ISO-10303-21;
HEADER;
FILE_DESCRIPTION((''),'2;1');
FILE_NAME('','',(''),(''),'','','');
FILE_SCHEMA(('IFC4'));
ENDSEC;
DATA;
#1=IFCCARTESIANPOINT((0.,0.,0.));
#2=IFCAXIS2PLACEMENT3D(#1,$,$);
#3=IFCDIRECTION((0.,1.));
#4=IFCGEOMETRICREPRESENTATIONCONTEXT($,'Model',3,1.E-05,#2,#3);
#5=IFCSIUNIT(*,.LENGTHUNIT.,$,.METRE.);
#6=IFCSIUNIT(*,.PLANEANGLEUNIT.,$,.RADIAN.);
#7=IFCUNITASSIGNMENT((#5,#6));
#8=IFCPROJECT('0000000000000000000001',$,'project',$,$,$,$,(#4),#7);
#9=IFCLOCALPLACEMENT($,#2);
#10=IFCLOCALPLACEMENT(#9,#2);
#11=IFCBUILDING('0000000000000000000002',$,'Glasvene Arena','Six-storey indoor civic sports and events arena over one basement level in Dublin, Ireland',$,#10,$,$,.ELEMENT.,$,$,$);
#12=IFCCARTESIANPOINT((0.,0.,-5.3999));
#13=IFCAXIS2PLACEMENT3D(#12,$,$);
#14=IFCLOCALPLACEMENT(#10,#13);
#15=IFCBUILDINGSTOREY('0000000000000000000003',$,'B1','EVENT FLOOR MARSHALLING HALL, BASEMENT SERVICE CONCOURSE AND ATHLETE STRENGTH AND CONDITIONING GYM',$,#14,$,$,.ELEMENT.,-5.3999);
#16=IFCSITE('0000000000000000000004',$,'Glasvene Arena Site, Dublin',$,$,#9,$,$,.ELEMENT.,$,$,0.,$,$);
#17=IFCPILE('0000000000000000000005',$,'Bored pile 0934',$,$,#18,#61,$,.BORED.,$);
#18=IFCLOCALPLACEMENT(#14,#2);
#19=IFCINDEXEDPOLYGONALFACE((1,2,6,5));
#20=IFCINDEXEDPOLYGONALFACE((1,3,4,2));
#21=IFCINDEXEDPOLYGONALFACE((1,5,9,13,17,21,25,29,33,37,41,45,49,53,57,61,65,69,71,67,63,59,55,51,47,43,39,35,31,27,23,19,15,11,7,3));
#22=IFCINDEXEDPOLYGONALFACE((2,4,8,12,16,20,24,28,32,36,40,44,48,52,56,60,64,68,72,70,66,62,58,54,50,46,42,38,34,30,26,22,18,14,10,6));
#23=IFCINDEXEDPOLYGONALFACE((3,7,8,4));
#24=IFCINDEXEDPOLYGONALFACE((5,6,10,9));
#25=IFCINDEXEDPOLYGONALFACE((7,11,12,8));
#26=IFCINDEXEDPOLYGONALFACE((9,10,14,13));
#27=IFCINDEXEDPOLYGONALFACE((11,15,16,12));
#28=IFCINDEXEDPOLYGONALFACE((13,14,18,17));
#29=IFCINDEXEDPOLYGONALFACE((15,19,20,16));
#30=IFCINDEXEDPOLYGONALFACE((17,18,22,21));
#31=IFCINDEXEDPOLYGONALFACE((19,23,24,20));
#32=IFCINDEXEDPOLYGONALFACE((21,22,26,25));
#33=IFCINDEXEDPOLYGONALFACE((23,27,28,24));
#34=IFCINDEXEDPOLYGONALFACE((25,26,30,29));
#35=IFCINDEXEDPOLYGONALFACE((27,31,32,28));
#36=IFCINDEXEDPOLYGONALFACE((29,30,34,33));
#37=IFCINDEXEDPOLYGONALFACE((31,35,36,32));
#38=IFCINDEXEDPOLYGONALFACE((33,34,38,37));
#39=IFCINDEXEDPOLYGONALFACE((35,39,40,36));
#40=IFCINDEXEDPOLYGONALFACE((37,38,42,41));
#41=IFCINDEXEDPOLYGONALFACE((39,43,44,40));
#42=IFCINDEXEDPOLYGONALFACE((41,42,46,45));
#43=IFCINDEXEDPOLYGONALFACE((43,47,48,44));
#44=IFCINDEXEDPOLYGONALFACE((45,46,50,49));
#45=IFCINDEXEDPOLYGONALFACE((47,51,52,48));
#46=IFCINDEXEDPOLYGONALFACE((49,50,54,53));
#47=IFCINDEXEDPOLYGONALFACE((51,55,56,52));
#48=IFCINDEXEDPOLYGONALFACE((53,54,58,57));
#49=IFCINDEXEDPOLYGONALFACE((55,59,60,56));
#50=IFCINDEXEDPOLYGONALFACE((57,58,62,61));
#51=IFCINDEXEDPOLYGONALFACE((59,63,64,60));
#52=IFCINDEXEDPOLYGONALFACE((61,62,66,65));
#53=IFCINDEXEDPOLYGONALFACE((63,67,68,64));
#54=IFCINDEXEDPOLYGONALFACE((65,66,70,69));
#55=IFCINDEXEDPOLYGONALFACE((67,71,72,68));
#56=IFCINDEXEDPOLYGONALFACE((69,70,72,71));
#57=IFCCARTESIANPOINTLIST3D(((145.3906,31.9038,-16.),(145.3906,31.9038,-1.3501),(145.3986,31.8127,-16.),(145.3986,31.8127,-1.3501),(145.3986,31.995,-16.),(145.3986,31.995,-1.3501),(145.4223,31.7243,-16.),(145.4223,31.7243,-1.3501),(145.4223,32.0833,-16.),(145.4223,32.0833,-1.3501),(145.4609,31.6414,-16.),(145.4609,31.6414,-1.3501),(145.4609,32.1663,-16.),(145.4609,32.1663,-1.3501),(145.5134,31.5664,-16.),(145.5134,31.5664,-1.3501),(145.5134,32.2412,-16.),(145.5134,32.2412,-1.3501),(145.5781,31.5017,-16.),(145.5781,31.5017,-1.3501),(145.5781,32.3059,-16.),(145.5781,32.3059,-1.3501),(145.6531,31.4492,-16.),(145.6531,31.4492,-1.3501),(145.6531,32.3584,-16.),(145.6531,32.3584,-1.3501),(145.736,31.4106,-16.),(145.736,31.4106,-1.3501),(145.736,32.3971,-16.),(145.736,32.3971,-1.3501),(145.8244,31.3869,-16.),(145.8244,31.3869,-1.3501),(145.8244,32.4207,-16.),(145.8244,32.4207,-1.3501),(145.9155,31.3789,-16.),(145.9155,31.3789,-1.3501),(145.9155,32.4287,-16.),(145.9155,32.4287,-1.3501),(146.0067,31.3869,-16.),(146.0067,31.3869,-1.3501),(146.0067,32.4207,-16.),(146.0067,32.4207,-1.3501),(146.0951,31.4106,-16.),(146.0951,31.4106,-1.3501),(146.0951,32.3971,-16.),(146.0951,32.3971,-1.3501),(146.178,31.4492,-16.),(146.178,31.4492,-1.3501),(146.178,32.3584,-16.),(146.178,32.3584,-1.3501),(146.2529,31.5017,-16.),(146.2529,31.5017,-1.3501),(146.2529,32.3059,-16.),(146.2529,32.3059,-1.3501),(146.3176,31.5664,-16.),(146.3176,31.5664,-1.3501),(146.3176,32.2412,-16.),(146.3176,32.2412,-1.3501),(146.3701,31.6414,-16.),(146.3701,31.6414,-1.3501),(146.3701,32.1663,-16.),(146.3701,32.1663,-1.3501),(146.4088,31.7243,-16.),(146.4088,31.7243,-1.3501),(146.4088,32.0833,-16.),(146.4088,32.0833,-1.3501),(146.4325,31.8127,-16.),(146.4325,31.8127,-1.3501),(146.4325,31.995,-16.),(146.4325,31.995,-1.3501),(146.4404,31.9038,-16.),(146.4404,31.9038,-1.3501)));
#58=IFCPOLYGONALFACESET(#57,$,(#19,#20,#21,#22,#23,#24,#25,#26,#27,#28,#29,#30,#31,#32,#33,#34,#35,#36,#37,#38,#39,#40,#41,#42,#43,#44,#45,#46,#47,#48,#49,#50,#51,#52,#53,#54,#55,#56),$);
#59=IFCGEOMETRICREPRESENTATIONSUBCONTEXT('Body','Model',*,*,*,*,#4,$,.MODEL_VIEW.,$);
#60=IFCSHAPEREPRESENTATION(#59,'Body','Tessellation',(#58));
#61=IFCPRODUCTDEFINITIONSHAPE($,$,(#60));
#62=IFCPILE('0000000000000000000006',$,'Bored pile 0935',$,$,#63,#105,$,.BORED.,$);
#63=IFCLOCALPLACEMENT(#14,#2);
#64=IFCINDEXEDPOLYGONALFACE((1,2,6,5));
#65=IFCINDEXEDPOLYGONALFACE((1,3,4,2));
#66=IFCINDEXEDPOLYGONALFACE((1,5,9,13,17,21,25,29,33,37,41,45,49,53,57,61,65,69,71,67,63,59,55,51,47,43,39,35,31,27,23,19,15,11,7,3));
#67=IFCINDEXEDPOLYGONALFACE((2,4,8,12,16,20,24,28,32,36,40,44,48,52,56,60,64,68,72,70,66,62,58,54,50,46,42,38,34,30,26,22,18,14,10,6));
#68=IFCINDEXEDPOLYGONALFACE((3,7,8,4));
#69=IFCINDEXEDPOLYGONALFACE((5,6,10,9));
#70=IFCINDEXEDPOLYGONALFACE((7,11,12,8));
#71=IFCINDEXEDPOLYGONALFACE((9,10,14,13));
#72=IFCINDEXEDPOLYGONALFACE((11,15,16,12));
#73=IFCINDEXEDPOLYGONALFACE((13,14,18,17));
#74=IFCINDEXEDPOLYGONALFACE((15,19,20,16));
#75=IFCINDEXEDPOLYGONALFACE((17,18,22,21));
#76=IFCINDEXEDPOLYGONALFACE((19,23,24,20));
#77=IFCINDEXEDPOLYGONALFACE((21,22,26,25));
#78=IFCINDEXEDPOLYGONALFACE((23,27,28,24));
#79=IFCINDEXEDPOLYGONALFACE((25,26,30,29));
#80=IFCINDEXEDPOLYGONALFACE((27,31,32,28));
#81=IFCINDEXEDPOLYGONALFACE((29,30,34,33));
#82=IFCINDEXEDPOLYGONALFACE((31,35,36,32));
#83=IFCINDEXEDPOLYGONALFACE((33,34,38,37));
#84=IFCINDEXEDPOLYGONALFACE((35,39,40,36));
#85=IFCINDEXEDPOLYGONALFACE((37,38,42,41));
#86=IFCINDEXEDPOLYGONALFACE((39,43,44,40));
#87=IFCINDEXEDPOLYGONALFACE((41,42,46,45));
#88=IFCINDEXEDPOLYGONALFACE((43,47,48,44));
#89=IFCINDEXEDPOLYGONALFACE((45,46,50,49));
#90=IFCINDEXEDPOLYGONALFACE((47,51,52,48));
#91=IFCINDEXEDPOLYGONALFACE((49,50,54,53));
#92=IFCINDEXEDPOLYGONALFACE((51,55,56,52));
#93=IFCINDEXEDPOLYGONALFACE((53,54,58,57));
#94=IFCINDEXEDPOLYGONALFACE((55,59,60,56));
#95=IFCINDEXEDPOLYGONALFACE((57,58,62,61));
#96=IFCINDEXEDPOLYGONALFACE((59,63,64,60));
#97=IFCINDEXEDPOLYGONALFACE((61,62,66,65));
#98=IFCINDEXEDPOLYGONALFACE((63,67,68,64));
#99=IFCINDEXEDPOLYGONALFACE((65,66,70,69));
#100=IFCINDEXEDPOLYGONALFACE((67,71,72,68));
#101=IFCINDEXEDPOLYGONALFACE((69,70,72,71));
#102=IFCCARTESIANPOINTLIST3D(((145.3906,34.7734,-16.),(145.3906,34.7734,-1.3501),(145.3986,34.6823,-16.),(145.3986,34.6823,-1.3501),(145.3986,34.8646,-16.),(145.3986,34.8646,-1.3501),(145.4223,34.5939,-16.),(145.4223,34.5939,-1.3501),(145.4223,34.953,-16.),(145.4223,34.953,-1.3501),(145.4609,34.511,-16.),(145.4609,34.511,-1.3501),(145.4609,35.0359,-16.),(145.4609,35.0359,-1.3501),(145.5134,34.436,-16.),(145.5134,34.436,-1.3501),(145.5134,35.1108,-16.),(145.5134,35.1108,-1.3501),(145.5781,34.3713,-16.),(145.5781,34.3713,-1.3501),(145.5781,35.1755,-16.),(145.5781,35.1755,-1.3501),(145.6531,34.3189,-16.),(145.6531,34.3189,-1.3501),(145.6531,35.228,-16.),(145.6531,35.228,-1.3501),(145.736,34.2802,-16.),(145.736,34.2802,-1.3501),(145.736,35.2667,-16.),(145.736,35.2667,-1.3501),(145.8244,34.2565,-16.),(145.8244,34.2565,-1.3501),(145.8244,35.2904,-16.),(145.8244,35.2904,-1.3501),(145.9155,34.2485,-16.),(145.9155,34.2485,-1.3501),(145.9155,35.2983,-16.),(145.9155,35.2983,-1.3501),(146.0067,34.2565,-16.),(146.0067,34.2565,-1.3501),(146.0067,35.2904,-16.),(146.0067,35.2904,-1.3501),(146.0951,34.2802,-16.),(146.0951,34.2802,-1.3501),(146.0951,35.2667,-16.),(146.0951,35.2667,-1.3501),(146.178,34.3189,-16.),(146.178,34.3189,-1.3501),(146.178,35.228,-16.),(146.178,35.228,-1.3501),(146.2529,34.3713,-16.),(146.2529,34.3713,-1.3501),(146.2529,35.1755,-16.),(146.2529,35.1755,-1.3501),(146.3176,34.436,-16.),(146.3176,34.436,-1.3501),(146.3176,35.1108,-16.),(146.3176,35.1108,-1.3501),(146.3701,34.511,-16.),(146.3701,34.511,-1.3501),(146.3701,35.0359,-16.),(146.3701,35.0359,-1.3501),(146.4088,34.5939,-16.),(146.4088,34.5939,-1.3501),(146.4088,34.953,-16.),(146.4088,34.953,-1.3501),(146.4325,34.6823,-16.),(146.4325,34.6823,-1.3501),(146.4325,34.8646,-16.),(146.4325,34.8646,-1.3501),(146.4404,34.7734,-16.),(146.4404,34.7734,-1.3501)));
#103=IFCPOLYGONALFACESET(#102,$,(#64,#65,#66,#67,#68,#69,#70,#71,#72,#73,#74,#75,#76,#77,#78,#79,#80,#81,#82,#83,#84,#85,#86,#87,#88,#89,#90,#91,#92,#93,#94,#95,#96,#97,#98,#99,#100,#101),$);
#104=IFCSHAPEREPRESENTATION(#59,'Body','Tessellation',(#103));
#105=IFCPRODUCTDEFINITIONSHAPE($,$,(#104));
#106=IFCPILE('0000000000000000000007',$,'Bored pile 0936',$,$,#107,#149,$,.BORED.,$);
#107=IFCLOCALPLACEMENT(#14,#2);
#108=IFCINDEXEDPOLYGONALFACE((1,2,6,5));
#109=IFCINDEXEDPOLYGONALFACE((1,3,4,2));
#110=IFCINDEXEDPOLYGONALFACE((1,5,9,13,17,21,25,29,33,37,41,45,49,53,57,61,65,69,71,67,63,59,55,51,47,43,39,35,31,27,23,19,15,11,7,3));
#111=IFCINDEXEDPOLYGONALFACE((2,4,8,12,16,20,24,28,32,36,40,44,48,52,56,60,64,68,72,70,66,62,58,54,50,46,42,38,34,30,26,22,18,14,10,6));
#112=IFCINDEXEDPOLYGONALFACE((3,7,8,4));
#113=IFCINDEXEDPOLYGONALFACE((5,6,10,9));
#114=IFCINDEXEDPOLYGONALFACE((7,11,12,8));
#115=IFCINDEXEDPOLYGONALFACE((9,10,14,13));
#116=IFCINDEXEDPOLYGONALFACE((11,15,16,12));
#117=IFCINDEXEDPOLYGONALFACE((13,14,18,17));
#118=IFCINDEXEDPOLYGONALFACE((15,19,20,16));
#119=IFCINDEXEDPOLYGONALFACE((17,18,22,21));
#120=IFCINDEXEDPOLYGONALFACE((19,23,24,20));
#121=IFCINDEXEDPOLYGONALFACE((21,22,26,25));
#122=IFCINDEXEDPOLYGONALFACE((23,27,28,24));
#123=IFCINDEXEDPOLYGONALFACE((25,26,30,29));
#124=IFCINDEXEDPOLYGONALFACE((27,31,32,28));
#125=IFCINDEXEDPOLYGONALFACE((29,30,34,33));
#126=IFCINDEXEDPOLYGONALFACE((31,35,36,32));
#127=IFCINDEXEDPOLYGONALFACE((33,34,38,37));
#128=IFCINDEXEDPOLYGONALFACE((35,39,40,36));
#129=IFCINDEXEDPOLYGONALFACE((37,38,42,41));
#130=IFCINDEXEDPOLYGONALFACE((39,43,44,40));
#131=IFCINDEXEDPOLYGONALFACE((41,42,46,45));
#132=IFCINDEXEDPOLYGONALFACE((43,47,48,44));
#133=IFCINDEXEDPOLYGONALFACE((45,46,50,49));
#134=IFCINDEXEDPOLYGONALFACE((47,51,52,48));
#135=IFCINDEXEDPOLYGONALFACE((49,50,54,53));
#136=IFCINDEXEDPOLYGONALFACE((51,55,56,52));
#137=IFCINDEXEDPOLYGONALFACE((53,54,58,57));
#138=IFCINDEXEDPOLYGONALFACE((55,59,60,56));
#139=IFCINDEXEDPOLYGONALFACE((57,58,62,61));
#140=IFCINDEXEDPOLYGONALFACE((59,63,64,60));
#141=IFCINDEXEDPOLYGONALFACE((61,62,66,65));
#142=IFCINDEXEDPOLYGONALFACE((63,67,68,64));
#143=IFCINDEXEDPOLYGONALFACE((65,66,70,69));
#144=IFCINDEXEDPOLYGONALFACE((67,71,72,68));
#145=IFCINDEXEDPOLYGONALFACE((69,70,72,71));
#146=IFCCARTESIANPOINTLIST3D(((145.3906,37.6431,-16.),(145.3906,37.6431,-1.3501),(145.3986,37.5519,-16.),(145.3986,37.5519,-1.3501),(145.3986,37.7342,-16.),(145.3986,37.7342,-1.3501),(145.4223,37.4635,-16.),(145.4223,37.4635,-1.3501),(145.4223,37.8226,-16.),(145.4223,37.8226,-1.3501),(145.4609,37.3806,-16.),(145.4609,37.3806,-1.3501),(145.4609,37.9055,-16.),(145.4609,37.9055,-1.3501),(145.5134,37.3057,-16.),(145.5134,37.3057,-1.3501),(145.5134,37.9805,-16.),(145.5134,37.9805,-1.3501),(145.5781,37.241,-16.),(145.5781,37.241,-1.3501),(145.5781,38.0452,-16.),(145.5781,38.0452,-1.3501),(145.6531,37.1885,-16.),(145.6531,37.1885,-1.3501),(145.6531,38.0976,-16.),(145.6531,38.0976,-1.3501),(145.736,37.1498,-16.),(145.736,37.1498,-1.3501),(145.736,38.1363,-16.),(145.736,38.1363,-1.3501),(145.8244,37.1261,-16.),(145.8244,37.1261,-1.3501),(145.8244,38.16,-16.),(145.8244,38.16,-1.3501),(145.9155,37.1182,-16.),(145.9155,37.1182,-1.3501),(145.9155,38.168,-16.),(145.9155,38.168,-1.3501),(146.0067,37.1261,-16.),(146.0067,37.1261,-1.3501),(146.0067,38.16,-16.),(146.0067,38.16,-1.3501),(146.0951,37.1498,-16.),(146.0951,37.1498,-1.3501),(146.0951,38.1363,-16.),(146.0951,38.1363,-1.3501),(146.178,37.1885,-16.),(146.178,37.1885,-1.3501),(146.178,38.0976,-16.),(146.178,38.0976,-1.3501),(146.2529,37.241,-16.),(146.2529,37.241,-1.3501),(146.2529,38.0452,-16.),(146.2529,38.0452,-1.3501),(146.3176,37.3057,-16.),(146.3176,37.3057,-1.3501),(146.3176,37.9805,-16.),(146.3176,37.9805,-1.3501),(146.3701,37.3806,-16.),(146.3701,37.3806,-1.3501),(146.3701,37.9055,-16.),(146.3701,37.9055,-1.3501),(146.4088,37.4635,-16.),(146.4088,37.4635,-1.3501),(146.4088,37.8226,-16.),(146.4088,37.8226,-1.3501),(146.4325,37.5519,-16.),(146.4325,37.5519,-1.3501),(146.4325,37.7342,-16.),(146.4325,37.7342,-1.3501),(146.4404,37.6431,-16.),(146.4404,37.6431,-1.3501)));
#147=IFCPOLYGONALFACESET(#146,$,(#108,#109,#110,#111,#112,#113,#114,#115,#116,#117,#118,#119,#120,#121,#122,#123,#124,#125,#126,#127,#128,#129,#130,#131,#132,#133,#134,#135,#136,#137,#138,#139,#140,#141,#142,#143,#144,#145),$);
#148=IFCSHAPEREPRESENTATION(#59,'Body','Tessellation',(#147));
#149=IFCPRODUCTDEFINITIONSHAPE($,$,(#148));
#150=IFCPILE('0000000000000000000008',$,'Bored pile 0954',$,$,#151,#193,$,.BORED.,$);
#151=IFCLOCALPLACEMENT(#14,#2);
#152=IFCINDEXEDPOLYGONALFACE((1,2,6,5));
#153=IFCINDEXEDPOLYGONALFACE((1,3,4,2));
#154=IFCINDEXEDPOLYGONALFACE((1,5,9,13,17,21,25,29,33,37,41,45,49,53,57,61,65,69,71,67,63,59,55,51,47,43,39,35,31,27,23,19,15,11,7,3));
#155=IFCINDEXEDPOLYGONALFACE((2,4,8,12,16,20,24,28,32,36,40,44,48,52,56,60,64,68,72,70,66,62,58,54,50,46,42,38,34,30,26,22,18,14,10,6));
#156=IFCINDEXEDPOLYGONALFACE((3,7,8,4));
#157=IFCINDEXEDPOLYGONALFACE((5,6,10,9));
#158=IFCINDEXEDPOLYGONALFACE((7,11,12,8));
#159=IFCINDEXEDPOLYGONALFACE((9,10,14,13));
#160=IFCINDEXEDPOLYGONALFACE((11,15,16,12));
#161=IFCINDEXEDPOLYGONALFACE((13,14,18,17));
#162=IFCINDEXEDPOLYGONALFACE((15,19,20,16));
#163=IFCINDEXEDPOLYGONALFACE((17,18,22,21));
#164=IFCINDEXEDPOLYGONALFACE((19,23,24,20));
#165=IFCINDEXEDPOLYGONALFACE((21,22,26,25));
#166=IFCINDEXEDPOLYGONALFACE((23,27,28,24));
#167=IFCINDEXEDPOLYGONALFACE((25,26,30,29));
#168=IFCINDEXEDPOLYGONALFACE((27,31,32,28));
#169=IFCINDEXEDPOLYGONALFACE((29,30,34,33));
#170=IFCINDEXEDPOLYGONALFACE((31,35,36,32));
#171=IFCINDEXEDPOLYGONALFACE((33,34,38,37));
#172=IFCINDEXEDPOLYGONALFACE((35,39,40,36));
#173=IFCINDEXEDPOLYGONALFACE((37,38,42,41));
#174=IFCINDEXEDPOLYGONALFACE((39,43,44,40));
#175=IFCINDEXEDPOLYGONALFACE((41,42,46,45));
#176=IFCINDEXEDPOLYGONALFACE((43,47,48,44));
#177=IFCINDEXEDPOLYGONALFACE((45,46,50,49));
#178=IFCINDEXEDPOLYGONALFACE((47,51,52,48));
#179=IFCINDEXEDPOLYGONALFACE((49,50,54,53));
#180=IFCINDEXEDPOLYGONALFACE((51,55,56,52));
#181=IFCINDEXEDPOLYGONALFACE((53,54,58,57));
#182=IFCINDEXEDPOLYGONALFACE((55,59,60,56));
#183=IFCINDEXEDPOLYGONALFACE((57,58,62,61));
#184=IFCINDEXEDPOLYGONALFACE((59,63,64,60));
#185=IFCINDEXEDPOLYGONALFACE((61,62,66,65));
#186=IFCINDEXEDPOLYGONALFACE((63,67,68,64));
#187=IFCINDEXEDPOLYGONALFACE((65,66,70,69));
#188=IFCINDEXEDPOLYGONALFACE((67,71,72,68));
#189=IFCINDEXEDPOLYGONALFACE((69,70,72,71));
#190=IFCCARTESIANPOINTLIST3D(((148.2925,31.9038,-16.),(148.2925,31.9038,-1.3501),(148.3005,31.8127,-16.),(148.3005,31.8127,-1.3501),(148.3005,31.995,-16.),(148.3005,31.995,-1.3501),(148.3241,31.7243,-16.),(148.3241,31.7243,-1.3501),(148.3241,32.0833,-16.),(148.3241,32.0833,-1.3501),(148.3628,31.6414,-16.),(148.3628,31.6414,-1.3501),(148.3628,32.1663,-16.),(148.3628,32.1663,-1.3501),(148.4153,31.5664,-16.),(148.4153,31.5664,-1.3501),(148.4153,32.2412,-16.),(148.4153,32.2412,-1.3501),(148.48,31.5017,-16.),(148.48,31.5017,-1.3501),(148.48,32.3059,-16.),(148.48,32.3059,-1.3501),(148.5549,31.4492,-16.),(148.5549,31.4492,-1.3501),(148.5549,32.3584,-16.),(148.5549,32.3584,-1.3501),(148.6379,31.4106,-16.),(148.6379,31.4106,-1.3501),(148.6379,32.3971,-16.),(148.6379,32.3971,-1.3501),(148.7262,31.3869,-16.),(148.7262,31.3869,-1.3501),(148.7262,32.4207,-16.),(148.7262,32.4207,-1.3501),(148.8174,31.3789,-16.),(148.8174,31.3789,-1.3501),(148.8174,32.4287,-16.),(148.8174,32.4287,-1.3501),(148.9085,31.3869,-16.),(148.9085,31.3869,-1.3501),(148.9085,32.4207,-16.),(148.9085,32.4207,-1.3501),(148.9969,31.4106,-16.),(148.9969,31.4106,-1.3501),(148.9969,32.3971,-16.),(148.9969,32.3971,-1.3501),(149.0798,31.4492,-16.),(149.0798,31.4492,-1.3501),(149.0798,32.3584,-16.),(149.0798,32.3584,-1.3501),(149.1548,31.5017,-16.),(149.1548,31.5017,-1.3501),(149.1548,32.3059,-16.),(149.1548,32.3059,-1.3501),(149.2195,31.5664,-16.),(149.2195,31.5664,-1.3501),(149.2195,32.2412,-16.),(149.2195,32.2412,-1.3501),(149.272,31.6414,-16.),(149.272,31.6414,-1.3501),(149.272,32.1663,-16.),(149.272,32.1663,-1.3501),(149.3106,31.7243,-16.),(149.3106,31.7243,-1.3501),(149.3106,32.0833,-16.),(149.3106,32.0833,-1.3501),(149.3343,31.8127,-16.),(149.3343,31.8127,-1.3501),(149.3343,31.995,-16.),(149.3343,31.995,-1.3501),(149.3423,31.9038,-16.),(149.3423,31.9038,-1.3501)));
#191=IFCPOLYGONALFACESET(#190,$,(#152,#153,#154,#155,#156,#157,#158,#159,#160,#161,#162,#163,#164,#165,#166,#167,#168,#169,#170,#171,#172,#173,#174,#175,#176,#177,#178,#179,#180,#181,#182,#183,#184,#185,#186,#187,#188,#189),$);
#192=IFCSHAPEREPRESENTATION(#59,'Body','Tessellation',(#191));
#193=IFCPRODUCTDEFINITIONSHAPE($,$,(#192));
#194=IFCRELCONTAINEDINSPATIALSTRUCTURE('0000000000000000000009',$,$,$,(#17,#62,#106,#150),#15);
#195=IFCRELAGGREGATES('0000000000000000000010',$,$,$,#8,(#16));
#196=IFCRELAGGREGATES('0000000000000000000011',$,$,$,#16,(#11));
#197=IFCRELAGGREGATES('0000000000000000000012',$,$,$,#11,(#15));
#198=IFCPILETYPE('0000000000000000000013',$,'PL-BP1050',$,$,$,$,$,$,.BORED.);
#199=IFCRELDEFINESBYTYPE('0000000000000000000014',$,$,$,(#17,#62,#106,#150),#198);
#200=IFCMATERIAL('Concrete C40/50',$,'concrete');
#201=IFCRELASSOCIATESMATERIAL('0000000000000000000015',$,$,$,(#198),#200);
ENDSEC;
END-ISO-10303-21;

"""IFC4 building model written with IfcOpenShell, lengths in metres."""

from ifc_helpers import new_model, si_unit, direction, frame, origin, origin_2d, place, context, subcontext, project, spatial, circle, extrude, material, material_profile, profile_set, type_object, element, save


model = new_model("IFC4")

# Units and contexts
model_context = context("Model", 3, precision=1e-05, world=origin(), true_north=direction((0.0, 1.0)))
body_context = subcontext(model_context, "Body", "Model", "MODEL_VIEW")
ifc_project = project(units=[si_unit("LENGTHUNIT", "METRE"), si_unit("PLANEANGLEUNIT", "RADIAN")], contexts=[model_context])

# Site, building, storey
site_placement = place(None, origin())
site = spatial("IfcSite", under=ifc_project, at=site_placement, Name="Glasvene Arena Site, Dublin", CompositionType="ELEMENT", RefElevation=0.0)
building_placement = place(site_placement, origin())
building = spatial("IfcBuilding", under=site, at=building_placement, Name="Glasvene Arena", Description="Six-storey indoor civic sports and events arena over one basement level in Dublin, Ireland", CompositionType="ELEMENT")
storey_placement = place(building_placement, frame((0.0, 0.0, -5.3999)))
storey = spatial("IfcBuildingStorey", under=building, at=storey_placement, Name="B1", Description="EVENT FLOOR MARSHALLING HALL, BASEMENT SERVICE CONCOURSE AND ATHLETE STRENGTH AND CONDITIONING GYM", CompositionType="ELEMENT", Elevation=-5.3999)

# Piles
ifc_material = material(Name="Concrete C40/50", Category="concrete")
ifc_material_profile = material_profile(ifc_material, circle(Radius=0.5249, at=origin_2d()), Name="BORED PILE 1050")
ifc_profile_set = profile_set([ifc_material_profile], Name="Concrete C40/50")
pile_type = type_object("IfcPileType", Name="PL-BP1050", PredefinedType="BORED", material=ifc_profile_set)
for number, where, z_axis, x_axis, name in (
    (1, (145.9155, 31.9038, -1.3501), (0.0, 0.0, -1.0), (1.0, 0.0, 0.0), "Bored pile 0934"),
    (2, (145.9155, 34.7734, -1.3501), (0.0, 0.0, -1.0), (1.0, 0.0, 0.0), "Bored pile 0935"),
    (3, (145.9155, 37.6431, -1.3501), (0.0, 0.0, -1.0), (1.0, 0.0, 0.0), "Bored pile 0936"),
    (4, (148.8174, 31.9038, -1.3501), (0.0, 0.0, -1.0), (1.0, 0.0, 0.0), "Bored pile 0954"),
):
    element("IfcPile", number, at=place(storey_placement, frame(where, z_axis=z_axis, x_axis=x_axis)), inside=storey, type_object=pile_type, Name=name, PredefinedType="BORED", context=body_context, shape_type="SweptSolid", body=[
        extrude(circle(Radius=0.5249, at=origin_2d()), origin(), (0.0, 0.0, 1.0), 14.6499),
    ])

save(model, "model.ifc")
